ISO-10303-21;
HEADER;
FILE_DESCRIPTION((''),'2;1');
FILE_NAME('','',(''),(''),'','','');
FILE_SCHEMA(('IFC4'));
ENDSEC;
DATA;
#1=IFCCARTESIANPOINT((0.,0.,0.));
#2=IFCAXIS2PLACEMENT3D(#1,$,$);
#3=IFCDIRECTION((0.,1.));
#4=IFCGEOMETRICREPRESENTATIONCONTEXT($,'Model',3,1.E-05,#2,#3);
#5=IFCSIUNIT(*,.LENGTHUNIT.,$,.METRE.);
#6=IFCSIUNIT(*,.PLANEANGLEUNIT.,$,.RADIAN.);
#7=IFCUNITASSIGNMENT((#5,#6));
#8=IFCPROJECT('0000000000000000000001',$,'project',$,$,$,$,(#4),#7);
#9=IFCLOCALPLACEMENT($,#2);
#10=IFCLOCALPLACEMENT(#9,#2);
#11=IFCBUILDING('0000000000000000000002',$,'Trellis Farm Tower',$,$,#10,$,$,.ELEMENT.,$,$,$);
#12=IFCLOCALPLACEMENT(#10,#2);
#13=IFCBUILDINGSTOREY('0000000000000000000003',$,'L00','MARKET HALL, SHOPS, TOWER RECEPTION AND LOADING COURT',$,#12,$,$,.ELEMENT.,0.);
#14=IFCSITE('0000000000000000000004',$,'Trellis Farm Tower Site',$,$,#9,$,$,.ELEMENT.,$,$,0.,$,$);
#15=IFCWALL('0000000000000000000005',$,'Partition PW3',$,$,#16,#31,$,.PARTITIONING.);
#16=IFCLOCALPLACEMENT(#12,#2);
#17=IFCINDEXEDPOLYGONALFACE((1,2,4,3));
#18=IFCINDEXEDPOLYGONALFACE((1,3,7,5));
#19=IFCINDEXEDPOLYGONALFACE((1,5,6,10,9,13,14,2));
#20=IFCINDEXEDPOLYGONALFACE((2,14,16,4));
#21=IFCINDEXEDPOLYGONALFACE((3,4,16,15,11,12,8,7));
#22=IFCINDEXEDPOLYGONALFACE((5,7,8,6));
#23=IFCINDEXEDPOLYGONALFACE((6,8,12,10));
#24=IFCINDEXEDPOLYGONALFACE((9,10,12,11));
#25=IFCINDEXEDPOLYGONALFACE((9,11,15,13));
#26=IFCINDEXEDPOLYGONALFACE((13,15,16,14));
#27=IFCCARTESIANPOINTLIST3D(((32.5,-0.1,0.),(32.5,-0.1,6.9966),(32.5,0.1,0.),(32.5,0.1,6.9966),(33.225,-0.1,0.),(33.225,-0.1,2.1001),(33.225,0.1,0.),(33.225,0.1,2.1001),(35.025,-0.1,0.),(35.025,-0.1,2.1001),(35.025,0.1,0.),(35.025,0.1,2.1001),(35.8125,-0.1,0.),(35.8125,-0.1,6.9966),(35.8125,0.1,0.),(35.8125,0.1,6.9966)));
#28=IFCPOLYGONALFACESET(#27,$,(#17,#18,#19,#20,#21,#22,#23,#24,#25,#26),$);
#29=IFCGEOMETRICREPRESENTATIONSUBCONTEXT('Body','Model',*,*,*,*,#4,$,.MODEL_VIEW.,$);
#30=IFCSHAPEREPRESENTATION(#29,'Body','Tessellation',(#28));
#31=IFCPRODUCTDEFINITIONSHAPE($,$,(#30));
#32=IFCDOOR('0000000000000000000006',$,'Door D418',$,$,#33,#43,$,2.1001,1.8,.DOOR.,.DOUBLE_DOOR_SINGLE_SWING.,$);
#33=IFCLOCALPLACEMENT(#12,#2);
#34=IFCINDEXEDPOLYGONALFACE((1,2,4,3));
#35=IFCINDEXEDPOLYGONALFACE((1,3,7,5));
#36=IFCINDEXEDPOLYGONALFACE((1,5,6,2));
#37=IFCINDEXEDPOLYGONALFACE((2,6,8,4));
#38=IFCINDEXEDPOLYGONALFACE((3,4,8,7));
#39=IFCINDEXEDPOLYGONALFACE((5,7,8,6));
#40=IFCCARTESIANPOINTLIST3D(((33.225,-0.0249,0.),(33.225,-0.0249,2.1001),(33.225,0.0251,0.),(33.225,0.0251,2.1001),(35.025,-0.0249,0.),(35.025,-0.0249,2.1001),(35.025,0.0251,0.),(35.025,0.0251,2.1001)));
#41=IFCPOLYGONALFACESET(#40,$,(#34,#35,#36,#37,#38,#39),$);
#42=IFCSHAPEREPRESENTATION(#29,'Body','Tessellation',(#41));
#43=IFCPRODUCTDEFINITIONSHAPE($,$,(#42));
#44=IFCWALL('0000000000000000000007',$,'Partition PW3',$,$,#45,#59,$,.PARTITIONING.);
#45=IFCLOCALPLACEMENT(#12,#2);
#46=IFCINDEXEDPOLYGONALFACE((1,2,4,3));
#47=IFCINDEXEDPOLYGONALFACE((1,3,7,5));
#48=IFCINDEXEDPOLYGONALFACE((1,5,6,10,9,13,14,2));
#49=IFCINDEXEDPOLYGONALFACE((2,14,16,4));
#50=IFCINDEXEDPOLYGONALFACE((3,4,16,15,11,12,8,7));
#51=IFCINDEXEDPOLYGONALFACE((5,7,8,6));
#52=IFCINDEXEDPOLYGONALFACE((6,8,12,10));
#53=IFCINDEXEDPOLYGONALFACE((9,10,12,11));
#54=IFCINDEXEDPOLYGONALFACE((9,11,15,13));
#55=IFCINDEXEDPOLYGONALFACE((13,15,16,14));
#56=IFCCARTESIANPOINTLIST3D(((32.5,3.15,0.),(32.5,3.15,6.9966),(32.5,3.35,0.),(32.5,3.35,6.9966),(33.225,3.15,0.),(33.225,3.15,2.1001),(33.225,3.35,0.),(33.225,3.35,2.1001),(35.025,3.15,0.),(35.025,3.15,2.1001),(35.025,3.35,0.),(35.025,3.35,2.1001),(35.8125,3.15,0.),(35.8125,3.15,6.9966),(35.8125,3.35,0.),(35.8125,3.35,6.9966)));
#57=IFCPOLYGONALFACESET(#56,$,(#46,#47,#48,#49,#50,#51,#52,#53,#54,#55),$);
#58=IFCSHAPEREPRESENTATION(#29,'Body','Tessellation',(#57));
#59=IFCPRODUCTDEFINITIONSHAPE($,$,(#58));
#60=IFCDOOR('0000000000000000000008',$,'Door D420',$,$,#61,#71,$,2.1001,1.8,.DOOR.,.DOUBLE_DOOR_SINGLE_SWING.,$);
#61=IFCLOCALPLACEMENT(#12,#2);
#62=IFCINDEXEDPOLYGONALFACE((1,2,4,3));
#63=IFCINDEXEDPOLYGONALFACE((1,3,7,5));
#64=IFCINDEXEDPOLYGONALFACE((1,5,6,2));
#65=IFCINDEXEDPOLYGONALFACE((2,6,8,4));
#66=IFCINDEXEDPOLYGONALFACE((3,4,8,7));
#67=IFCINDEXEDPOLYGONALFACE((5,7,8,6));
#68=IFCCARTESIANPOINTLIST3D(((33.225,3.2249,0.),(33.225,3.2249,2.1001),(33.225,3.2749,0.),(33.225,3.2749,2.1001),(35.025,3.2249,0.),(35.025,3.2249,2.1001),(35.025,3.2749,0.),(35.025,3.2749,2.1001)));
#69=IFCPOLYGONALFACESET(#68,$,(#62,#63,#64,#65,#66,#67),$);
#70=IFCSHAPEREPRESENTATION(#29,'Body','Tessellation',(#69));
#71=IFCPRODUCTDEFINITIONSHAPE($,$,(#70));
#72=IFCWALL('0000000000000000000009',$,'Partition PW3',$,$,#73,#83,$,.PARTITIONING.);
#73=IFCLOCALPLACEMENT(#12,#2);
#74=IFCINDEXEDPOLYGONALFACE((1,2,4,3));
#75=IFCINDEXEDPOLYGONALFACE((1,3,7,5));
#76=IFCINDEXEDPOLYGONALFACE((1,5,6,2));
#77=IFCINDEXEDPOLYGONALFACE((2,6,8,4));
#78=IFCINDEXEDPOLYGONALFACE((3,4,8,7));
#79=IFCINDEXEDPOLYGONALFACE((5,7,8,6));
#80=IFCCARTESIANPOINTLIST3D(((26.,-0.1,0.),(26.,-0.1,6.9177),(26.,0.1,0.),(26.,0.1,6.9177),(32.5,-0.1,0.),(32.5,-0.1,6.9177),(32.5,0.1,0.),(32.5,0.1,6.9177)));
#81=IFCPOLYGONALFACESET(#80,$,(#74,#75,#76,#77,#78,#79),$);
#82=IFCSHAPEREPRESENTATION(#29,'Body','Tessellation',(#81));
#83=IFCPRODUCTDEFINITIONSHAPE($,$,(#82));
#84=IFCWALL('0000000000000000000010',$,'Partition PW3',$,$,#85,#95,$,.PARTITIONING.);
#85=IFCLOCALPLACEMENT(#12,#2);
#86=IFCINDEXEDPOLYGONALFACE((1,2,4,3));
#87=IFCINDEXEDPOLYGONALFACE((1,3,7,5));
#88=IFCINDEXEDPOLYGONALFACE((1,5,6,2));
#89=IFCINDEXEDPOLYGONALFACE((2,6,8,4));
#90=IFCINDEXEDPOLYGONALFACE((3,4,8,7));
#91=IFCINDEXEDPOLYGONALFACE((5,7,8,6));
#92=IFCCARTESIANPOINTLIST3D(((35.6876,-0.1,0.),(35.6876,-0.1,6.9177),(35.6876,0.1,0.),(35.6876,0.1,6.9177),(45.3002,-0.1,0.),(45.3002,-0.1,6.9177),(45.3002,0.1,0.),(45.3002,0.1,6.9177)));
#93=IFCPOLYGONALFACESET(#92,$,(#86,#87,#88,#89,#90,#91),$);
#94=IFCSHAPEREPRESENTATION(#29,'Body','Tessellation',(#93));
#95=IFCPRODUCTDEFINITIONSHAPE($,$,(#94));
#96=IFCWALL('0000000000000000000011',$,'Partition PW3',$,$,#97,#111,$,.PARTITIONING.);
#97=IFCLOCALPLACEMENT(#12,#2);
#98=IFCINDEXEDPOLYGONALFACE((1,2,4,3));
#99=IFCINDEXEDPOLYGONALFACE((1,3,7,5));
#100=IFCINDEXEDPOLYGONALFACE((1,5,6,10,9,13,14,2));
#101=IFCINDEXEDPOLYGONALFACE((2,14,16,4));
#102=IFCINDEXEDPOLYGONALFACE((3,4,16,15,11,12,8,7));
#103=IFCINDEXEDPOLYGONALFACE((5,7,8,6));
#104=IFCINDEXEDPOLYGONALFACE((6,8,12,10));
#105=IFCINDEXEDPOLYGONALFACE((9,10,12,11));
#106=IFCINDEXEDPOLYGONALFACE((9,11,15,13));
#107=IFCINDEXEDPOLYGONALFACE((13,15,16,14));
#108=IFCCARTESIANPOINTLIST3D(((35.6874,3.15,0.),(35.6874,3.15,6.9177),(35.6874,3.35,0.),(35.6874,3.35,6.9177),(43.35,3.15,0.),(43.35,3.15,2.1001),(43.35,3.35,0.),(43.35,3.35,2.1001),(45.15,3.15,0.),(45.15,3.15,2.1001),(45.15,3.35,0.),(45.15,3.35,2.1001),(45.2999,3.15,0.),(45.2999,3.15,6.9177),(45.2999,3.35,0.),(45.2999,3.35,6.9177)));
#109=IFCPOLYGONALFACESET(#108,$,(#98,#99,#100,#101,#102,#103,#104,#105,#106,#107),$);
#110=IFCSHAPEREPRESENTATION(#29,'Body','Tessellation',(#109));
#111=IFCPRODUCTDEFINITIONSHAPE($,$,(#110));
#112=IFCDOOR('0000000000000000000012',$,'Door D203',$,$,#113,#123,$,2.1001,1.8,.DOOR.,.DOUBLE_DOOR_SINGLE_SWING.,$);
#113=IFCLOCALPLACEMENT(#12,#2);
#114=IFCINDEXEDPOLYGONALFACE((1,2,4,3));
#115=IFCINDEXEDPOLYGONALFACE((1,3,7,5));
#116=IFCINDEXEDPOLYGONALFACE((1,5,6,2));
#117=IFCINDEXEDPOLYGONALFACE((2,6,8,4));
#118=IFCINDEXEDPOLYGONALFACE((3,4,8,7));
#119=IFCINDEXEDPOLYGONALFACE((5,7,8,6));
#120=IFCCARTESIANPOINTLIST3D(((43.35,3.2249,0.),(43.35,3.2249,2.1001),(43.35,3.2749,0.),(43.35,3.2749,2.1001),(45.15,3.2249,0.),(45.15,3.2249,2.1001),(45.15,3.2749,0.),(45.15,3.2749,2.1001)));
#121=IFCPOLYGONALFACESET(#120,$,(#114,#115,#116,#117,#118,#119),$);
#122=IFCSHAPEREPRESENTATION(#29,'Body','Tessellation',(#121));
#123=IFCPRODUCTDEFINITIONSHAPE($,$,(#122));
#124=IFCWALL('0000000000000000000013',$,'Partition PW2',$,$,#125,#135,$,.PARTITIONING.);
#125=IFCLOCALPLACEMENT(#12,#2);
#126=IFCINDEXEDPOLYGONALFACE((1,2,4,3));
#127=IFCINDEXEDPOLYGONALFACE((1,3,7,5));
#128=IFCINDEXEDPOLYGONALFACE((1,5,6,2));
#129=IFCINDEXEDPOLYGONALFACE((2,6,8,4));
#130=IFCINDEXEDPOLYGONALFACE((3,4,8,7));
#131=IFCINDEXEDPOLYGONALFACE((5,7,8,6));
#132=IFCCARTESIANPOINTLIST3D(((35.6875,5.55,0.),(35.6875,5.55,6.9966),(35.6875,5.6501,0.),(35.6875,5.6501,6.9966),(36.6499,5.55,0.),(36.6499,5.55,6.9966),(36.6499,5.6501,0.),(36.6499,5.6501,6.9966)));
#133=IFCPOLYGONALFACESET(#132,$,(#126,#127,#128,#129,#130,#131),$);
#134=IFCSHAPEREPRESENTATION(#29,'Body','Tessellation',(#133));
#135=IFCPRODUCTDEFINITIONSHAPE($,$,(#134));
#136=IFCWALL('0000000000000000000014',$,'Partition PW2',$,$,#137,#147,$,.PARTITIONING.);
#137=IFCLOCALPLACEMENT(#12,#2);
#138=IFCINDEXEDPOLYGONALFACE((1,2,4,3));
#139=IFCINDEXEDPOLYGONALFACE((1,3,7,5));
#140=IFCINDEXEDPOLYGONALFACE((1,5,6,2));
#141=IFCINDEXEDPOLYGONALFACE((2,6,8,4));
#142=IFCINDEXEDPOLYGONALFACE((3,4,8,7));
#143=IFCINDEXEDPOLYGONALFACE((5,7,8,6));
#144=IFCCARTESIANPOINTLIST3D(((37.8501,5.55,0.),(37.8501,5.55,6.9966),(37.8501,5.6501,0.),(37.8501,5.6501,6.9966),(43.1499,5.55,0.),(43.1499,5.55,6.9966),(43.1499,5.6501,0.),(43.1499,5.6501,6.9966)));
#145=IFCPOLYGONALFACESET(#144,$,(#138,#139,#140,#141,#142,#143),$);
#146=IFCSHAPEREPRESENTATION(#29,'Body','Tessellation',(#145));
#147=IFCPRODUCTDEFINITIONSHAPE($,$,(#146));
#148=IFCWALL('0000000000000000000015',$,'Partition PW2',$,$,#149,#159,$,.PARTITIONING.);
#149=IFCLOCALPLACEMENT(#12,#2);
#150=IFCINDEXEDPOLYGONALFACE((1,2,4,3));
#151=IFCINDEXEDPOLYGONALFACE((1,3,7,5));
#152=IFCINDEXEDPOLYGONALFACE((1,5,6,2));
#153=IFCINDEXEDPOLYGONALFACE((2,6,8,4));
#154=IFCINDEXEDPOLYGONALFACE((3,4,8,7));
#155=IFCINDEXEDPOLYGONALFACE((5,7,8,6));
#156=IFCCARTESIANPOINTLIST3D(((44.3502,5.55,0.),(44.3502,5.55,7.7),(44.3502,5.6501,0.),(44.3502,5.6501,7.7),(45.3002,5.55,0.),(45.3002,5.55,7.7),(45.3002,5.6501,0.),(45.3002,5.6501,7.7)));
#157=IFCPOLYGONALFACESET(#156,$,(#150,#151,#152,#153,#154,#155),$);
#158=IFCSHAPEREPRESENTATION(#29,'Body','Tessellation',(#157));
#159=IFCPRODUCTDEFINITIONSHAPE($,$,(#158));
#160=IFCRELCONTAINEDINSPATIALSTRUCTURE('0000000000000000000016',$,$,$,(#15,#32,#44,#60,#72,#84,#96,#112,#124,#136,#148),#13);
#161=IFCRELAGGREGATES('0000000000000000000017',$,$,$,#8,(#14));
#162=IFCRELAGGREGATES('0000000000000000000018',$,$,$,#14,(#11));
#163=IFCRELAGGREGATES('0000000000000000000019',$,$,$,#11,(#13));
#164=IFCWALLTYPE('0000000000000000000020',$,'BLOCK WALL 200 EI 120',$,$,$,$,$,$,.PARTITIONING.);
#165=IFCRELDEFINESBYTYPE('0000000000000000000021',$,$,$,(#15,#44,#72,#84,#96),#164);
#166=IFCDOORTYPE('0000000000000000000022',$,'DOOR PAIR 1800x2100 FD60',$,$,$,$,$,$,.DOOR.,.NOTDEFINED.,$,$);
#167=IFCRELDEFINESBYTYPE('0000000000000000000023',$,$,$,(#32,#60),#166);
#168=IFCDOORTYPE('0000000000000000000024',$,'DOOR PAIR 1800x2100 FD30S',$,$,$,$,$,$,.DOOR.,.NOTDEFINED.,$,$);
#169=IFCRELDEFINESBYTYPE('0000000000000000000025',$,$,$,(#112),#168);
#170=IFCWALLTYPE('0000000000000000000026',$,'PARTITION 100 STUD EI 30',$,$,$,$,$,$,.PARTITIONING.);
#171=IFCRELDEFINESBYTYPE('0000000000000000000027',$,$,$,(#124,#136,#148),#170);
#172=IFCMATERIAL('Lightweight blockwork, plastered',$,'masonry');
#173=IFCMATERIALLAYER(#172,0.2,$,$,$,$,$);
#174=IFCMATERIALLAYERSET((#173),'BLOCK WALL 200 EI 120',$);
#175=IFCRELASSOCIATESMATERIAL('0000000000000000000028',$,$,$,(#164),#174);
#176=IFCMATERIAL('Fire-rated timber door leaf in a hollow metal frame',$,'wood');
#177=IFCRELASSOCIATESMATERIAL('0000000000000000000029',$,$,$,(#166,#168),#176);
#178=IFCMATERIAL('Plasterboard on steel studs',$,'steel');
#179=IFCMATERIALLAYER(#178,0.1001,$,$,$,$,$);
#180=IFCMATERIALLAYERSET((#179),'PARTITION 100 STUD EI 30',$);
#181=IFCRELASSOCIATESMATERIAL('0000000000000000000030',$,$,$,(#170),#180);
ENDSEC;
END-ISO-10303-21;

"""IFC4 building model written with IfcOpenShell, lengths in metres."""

from ifc_helpers import new_model, si_unit, direction, frame, frame_2d, origin, place, context, subcontext, project, spatial, rectangle, extrude, source, transform, mapped, material, layer, layer_set, type_object, element, fill, save


model = new_model("IFC4")

# Units and contexts
model_context = context("Model", 3, precision=1e-05, world=origin(), true_north=direction((0.0, 1.0)))
body_context = subcontext(model_context, "Body", "Model", "MODEL_VIEW")
ifc_project = project(units=[si_unit("LENGTHUNIT", "METRE"), si_unit("PLANEANGLEUNIT", "RADIAN")], contexts=[model_context])

# Site, building, storey
site_placement = place(None, origin())
site = spatial("IfcSite", under=ifc_project, at=site_placement, Name="Trellis Farm Tower Site", CompositionType="ELEMENT", RefElevation=0.0)
building_placement = place(site_placement, origin())
building = spatial("IfcBuilding", under=site, at=building_placement, Name="Trellis Farm Tower", CompositionType="ELEMENT")
storey_placement = place(building_placement, origin())
storey = spatial("IfcBuildingStorey", under=building, at=storey_placement, Name="L00", Description="MARKET HALL, SHOPS, TOWER RECEPTION AND LOADING COURT", CompositionType="ELEMENT", Elevation=0.0)

# Walls, openings, doors
ifc_material_1 = material(Name="Lightweight blockwork, plastered", Category="masonry")
ifc_layer_1 = layer(ifc_material_1, 0.2)
ifc_layer_set_1 = layer_set([ifc_layer_1], Name="BLOCK WALL 200 EI 120")
wall_type_1 = type_object("IfcWallType", Name="BLOCK WALL 200 EI 120", PredefinedType="PARTITIONING", material=ifc_layer_set_1)
shared_shape_1 = source(origin(), body_context, "Body", "SweptSolid", [
    extrude(rectangle(XDim=3.3125, YDim=0.2, at=frame_2d((1.6562, 0.0))), origin(), (0.0, 0.0, 1.0), 6.9966),
])
wall_1_placement = place(storey_placement, frame((35.8125, 0.0, 0.0), z_axis=(0.0, 0.0, 1.0), x_axis=(-1.0, 0.0, 0.0)))
wall_1 = element("IfcWall", 1, at=wall_1_placement, inside=storey, type_object=wall_type_1, Name="Partition PW3", PredefinedType="PARTITIONING", context=body_context, shape_type="MappedRepresentation", body=[
    mapped(shared_shape_1, transform((0.0, 0.0, 0.0))),
])
shared_shape_2 = source(origin(), body_context, "Body", "SweptSolid", [
    extrude(rectangle(XDim=1.8, YDim=2.1001, at=frame_2d((0.8999, 1.05))), frame((0.0, 0.1101, 0.0), z_axis=(0.0, -1.0, 0.0), x_axis=(1.0, 0.0, 0.0)), (0.0, 0.0, 1.0), 0.2202),
])
opening_1_placement = place(wall_1_placement, frame((0.7876, 0.0, 0.0)))
opening_1 = element("IfcOpeningElement", 2, at=opening_1_placement, cuts=wall_1, PredefinedType="OPENING", context=body_context, shape_type="MappedRepresentation", body=[
    mapped(shared_shape_2, transform((0.0, 0.0, 0.0))),
])
ifc_material_2 = material(Name="Fire-rated timber door leaf in a hollow metal frame", Category="wood")
door_type_1 = type_object("IfcDoorType", Name="DOOR PAIR 1800x2100 FD60", OperationType="NOTDEFINED", PredefinedType="DOOR", material=ifc_material_2)
shared_shape_3 = source(origin(), body_context, "Body", "SweptSolid", [
    extrude(rectangle(XDim=1.8, YDim=2.1001, at=frame_2d((0.8999, 1.05))), frame((0.0, 0.0249, 0.0), z_axis=(0.0, -1.0, 0.0), x_axis=(1.0, 0.0, 0.0)), (0.0, 0.0, 1.0), 0.05),
])
door_1_placement = place(opening_1_placement, origin())
door_1 = element("IfcDoor", 3, at=door_1_placement, inside=storey, type_object=door_type_1, Name="Door D418", OperationType="DOUBLE_DOOR_SINGLE_SWING", OverallHeight=2.1001, OverallWidth=1.8, PredefinedType="DOOR", context=body_context, shape_type="MappedRepresentation", body=[
    mapped(shared_shape_3, transform((0.0, 0.0, 0.0))),
])
fill(opening_1, door_1)
wall_2_placement = place(storey_placement, frame((32.5, 3.25, 0.0), z_axis=(0.0, 0.0, 1.0), x_axis=(1.0, 0.0, 0.0)))
wall_2 = element("IfcWall", 4, at=wall_2_placement, inside=storey, type_object=wall_type_1, Name="Partition PW3", PredefinedType="PARTITIONING", context=body_context, shape_type="MappedRepresentation", body=[
    mapped(shared_shape_1, transform((0.0, 0.0, 0.0))),
])
opening_2_placement = place(wall_2_placement, frame((0.7251, 0.0, 0.0)))
opening_2 = element("IfcOpeningElement", 5, at=opening_2_placement, cuts=wall_2, PredefinedType="OPENING", context=body_context, shape_type="MappedRepresentation", body=[
    mapped(shared_shape_2, transform((0.0, 0.0, 0.0))),
])
door_2_placement = place(opening_2_placement, origin())
door_2 = element("IfcDoor", 6, at=door_2_placement, inside=storey, type_object=door_type_1, Name="Door D420", OperationType="DOUBLE_DOOR_SINGLE_SWING", OverallHeight=2.1001, OverallWidth=1.8, PredefinedType="DOOR", context=body_context, shape_type="MappedRepresentation", body=[
    mapped(shared_shape_3, transform((0.0, 0.0, 0.0))),
])
fill(opening_2, door_2)

# Walls
shared_shape_4 = source(origin(), body_context, "Body", "SweptSolid", [
    extrude(rectangle(XDim=6.5, YDim=0.2, at=frame_2d((3.25, 0.0))), origin(), (0.0, 0.0, 1.0), 6.9177),
])
wall_3_placement = place(storey_placement, frame((32.5, 0.0, 0.0), z_axis=(0.0, 0.0, 1.0), x_axis=(-1.0, 0.0, 0.0)))
element("IfcWall", 7, at=wall_3_placement, inside=storey, type_object=wall_type_1, Name="Partition PW3", PredefinedType="PARTITIONING", context=body_context, shape_type="MappedRepresentation", body=[
    mapped(shared_shape_4, transform((0.0, 0.0, 0.0))),
])
shared_shape_5 = source(origin(), body_context, "Body", "SweptSolid", [
    extrude(rectangle(XDim=9.6125, YDim=0.2, at=frame_2d((4.8062, 0.0))), origin(), (0.0, 0.0, 1.0), 6.9177),
])
wall_4_placement = place(storey_placement, frame((45.3, 0.0, 0.0), z_axis=(0.0, 0.0, 1.0), x_axis=(-1.0, 0.0, 0.0)))
element("IfcWall", 8, at=wall_4_placement, inside=storey, type_object=wall_type_1, Name="Partition PW3", PredefinedType="PARTITIONING", context=body_context, shape_type="MappedRepresentation", body=[
    mapped(shared_shape_5, transform((0.0, 0.0, 0.0))),
])

# Wall, opening, door
wall_5_placement = place(storey_placement, frame((35.6875, 3.25, 0.0), z_axis=(0.0, 0.0, 1.0), x_axis=(1.0, 0.0, 0.0)))
wall_5 = element("IfcWall", 9, at=wall_5_placement, inside=storey, type_object=wall_type_1, Name="Partition PW3", PredefinedType="PARTITIONING", context=body_context, shape_type="MappedRepresentation", body=[
    mapped(shared_shape_5, transform((0.0, 0.0, 0.0))),
])
opening_3_placement = place(wall_5_placement, frame((7.6626, 0.0, 0.0)))
opening_3 = element("IfcOpeningElement", 10, at=opening_3_placement, cuts=wall_5, PredefinedType="OPENING", context=body_context, shape_type="MappedRepresentation", body=[
    mapped(shared_shape_2, transform((0.0, 0.0, 0.0))),
])
door_type_2 = type_object("IfcDoorType", Name="DOOR PAIR 1800x2100 FD30S", OperationType="NOTDEFINED", PredefinedType="DOOR", material=ifc_material_2)
door_3_placement = place(opening_3_placement, origin())
door_3 = element("IfcDoor", 11, at=door_3_placement, inside=storey, type_object=door_type_2, Name="Door D203", OperationType="DOUBLE_DOOR_SINGLE_SWING", OverallHeight=2.1001, OverallWidth=1.8, PredefinedType="DOOR", context=body_context, shape_type="MappedRepresentation", body=[
    mapped(shared_shape_3, transform((0.0, 0.0, 0.0))),
])
fill(opening_3, door_3)

# Walls
ifc_material_3 = material(Name="Plasterboard on steel studs", Category="steel")
ifc_layer_2 = layer(ifc_material_3, 0.1001)
ifc_layer_set_2 = layer_set([ifc_layer_2], Name="PARTITION 100 STUD EI 30")
wall_type_2 = type_object("IfcWallType", Name="PARTITION 100 STUD EI 30", PredefinedType="PARTITIONING", material=ifc_layer_set_2)
shared_shape_6 = source(origin(), body_context, "Body", "SweptSolid", [
    extrude(rectangle(XDim=0.9624, YDim=0.1001, at=frame_2d((0.4812, 0.0))), origin(), (0.0, 0.0, 1.0), 6.9966),
])
wall_6_placement = place(storey_placement, frame((35.6875, 5.6001, 0.0), z_axis=(0.0, 0.0, 1.0), x_axis=(1.0, 0.0, 0.0)))
element("IfcWall", 12, at=wall_6_placement, inside=storey, type_object=wall_type_2, Name="Partition PW2", PredefinedType="PARTITIONING", context=body_context, shape_type="MappedRepresentation", body=[
    mapped(shared_shape_6, transform((0.0, 0.0, 0.0))),
])
shared_shape_7 = source(origin(), body_context, "Body", "SweptSolid", [
    extrude(rectangle(XDim=5.2998, YDim=0.1001, at=frame_2d((2.6499, 0.0))), origin(), (0.0, 0.0, 1.0), 6.9966),
])
wall_7_placement = place(storey_placement, frame((37.8501, 5.6001, 0.0), z_axis=(0.0, 0.0, 1.0), x_axis=(1.0, 0.0, 0.0)))
element("IfcWall", 13, at=wall_7_placement, inside=storey, type_object=wall_type_2, Name="Partition PW2", PredefinedType="PARTITIONING", context=body_context, shape_type="MappedRepresentation", body=[
    mapped(shared_shape_7, transform((0.0, 0.0, 0.0))),
])
shared_shape_8 = source(origin(), body_context, "Body", "SweptSolid", [
    extrude(rectangle(XDim=0.95, YDim=0.1001, at=frame_2d((0.4751, 0.0))), origin(), (0.0, 0.0, 1.0), 7.7),
])
wall_8_placement = place(storey_placement, frame((44.3501, 5.6001, 0.0), z_axis=(0.0, 0.0, 1.0), x_axis=(1.0, 0.0, 0.0)))
element("IfcWall", 14, at=wall_8_placement, inside=storey, type_object=wall_type_2, Name="Partition PW2", PredefinedType="PARTITIONING", context=body_context, shape_type="MappedRepresentation", body=[
    mapped(shared_shape_8, transform((0.0, 0.0, 0.0))),
])

save(model, "model.ifc")
